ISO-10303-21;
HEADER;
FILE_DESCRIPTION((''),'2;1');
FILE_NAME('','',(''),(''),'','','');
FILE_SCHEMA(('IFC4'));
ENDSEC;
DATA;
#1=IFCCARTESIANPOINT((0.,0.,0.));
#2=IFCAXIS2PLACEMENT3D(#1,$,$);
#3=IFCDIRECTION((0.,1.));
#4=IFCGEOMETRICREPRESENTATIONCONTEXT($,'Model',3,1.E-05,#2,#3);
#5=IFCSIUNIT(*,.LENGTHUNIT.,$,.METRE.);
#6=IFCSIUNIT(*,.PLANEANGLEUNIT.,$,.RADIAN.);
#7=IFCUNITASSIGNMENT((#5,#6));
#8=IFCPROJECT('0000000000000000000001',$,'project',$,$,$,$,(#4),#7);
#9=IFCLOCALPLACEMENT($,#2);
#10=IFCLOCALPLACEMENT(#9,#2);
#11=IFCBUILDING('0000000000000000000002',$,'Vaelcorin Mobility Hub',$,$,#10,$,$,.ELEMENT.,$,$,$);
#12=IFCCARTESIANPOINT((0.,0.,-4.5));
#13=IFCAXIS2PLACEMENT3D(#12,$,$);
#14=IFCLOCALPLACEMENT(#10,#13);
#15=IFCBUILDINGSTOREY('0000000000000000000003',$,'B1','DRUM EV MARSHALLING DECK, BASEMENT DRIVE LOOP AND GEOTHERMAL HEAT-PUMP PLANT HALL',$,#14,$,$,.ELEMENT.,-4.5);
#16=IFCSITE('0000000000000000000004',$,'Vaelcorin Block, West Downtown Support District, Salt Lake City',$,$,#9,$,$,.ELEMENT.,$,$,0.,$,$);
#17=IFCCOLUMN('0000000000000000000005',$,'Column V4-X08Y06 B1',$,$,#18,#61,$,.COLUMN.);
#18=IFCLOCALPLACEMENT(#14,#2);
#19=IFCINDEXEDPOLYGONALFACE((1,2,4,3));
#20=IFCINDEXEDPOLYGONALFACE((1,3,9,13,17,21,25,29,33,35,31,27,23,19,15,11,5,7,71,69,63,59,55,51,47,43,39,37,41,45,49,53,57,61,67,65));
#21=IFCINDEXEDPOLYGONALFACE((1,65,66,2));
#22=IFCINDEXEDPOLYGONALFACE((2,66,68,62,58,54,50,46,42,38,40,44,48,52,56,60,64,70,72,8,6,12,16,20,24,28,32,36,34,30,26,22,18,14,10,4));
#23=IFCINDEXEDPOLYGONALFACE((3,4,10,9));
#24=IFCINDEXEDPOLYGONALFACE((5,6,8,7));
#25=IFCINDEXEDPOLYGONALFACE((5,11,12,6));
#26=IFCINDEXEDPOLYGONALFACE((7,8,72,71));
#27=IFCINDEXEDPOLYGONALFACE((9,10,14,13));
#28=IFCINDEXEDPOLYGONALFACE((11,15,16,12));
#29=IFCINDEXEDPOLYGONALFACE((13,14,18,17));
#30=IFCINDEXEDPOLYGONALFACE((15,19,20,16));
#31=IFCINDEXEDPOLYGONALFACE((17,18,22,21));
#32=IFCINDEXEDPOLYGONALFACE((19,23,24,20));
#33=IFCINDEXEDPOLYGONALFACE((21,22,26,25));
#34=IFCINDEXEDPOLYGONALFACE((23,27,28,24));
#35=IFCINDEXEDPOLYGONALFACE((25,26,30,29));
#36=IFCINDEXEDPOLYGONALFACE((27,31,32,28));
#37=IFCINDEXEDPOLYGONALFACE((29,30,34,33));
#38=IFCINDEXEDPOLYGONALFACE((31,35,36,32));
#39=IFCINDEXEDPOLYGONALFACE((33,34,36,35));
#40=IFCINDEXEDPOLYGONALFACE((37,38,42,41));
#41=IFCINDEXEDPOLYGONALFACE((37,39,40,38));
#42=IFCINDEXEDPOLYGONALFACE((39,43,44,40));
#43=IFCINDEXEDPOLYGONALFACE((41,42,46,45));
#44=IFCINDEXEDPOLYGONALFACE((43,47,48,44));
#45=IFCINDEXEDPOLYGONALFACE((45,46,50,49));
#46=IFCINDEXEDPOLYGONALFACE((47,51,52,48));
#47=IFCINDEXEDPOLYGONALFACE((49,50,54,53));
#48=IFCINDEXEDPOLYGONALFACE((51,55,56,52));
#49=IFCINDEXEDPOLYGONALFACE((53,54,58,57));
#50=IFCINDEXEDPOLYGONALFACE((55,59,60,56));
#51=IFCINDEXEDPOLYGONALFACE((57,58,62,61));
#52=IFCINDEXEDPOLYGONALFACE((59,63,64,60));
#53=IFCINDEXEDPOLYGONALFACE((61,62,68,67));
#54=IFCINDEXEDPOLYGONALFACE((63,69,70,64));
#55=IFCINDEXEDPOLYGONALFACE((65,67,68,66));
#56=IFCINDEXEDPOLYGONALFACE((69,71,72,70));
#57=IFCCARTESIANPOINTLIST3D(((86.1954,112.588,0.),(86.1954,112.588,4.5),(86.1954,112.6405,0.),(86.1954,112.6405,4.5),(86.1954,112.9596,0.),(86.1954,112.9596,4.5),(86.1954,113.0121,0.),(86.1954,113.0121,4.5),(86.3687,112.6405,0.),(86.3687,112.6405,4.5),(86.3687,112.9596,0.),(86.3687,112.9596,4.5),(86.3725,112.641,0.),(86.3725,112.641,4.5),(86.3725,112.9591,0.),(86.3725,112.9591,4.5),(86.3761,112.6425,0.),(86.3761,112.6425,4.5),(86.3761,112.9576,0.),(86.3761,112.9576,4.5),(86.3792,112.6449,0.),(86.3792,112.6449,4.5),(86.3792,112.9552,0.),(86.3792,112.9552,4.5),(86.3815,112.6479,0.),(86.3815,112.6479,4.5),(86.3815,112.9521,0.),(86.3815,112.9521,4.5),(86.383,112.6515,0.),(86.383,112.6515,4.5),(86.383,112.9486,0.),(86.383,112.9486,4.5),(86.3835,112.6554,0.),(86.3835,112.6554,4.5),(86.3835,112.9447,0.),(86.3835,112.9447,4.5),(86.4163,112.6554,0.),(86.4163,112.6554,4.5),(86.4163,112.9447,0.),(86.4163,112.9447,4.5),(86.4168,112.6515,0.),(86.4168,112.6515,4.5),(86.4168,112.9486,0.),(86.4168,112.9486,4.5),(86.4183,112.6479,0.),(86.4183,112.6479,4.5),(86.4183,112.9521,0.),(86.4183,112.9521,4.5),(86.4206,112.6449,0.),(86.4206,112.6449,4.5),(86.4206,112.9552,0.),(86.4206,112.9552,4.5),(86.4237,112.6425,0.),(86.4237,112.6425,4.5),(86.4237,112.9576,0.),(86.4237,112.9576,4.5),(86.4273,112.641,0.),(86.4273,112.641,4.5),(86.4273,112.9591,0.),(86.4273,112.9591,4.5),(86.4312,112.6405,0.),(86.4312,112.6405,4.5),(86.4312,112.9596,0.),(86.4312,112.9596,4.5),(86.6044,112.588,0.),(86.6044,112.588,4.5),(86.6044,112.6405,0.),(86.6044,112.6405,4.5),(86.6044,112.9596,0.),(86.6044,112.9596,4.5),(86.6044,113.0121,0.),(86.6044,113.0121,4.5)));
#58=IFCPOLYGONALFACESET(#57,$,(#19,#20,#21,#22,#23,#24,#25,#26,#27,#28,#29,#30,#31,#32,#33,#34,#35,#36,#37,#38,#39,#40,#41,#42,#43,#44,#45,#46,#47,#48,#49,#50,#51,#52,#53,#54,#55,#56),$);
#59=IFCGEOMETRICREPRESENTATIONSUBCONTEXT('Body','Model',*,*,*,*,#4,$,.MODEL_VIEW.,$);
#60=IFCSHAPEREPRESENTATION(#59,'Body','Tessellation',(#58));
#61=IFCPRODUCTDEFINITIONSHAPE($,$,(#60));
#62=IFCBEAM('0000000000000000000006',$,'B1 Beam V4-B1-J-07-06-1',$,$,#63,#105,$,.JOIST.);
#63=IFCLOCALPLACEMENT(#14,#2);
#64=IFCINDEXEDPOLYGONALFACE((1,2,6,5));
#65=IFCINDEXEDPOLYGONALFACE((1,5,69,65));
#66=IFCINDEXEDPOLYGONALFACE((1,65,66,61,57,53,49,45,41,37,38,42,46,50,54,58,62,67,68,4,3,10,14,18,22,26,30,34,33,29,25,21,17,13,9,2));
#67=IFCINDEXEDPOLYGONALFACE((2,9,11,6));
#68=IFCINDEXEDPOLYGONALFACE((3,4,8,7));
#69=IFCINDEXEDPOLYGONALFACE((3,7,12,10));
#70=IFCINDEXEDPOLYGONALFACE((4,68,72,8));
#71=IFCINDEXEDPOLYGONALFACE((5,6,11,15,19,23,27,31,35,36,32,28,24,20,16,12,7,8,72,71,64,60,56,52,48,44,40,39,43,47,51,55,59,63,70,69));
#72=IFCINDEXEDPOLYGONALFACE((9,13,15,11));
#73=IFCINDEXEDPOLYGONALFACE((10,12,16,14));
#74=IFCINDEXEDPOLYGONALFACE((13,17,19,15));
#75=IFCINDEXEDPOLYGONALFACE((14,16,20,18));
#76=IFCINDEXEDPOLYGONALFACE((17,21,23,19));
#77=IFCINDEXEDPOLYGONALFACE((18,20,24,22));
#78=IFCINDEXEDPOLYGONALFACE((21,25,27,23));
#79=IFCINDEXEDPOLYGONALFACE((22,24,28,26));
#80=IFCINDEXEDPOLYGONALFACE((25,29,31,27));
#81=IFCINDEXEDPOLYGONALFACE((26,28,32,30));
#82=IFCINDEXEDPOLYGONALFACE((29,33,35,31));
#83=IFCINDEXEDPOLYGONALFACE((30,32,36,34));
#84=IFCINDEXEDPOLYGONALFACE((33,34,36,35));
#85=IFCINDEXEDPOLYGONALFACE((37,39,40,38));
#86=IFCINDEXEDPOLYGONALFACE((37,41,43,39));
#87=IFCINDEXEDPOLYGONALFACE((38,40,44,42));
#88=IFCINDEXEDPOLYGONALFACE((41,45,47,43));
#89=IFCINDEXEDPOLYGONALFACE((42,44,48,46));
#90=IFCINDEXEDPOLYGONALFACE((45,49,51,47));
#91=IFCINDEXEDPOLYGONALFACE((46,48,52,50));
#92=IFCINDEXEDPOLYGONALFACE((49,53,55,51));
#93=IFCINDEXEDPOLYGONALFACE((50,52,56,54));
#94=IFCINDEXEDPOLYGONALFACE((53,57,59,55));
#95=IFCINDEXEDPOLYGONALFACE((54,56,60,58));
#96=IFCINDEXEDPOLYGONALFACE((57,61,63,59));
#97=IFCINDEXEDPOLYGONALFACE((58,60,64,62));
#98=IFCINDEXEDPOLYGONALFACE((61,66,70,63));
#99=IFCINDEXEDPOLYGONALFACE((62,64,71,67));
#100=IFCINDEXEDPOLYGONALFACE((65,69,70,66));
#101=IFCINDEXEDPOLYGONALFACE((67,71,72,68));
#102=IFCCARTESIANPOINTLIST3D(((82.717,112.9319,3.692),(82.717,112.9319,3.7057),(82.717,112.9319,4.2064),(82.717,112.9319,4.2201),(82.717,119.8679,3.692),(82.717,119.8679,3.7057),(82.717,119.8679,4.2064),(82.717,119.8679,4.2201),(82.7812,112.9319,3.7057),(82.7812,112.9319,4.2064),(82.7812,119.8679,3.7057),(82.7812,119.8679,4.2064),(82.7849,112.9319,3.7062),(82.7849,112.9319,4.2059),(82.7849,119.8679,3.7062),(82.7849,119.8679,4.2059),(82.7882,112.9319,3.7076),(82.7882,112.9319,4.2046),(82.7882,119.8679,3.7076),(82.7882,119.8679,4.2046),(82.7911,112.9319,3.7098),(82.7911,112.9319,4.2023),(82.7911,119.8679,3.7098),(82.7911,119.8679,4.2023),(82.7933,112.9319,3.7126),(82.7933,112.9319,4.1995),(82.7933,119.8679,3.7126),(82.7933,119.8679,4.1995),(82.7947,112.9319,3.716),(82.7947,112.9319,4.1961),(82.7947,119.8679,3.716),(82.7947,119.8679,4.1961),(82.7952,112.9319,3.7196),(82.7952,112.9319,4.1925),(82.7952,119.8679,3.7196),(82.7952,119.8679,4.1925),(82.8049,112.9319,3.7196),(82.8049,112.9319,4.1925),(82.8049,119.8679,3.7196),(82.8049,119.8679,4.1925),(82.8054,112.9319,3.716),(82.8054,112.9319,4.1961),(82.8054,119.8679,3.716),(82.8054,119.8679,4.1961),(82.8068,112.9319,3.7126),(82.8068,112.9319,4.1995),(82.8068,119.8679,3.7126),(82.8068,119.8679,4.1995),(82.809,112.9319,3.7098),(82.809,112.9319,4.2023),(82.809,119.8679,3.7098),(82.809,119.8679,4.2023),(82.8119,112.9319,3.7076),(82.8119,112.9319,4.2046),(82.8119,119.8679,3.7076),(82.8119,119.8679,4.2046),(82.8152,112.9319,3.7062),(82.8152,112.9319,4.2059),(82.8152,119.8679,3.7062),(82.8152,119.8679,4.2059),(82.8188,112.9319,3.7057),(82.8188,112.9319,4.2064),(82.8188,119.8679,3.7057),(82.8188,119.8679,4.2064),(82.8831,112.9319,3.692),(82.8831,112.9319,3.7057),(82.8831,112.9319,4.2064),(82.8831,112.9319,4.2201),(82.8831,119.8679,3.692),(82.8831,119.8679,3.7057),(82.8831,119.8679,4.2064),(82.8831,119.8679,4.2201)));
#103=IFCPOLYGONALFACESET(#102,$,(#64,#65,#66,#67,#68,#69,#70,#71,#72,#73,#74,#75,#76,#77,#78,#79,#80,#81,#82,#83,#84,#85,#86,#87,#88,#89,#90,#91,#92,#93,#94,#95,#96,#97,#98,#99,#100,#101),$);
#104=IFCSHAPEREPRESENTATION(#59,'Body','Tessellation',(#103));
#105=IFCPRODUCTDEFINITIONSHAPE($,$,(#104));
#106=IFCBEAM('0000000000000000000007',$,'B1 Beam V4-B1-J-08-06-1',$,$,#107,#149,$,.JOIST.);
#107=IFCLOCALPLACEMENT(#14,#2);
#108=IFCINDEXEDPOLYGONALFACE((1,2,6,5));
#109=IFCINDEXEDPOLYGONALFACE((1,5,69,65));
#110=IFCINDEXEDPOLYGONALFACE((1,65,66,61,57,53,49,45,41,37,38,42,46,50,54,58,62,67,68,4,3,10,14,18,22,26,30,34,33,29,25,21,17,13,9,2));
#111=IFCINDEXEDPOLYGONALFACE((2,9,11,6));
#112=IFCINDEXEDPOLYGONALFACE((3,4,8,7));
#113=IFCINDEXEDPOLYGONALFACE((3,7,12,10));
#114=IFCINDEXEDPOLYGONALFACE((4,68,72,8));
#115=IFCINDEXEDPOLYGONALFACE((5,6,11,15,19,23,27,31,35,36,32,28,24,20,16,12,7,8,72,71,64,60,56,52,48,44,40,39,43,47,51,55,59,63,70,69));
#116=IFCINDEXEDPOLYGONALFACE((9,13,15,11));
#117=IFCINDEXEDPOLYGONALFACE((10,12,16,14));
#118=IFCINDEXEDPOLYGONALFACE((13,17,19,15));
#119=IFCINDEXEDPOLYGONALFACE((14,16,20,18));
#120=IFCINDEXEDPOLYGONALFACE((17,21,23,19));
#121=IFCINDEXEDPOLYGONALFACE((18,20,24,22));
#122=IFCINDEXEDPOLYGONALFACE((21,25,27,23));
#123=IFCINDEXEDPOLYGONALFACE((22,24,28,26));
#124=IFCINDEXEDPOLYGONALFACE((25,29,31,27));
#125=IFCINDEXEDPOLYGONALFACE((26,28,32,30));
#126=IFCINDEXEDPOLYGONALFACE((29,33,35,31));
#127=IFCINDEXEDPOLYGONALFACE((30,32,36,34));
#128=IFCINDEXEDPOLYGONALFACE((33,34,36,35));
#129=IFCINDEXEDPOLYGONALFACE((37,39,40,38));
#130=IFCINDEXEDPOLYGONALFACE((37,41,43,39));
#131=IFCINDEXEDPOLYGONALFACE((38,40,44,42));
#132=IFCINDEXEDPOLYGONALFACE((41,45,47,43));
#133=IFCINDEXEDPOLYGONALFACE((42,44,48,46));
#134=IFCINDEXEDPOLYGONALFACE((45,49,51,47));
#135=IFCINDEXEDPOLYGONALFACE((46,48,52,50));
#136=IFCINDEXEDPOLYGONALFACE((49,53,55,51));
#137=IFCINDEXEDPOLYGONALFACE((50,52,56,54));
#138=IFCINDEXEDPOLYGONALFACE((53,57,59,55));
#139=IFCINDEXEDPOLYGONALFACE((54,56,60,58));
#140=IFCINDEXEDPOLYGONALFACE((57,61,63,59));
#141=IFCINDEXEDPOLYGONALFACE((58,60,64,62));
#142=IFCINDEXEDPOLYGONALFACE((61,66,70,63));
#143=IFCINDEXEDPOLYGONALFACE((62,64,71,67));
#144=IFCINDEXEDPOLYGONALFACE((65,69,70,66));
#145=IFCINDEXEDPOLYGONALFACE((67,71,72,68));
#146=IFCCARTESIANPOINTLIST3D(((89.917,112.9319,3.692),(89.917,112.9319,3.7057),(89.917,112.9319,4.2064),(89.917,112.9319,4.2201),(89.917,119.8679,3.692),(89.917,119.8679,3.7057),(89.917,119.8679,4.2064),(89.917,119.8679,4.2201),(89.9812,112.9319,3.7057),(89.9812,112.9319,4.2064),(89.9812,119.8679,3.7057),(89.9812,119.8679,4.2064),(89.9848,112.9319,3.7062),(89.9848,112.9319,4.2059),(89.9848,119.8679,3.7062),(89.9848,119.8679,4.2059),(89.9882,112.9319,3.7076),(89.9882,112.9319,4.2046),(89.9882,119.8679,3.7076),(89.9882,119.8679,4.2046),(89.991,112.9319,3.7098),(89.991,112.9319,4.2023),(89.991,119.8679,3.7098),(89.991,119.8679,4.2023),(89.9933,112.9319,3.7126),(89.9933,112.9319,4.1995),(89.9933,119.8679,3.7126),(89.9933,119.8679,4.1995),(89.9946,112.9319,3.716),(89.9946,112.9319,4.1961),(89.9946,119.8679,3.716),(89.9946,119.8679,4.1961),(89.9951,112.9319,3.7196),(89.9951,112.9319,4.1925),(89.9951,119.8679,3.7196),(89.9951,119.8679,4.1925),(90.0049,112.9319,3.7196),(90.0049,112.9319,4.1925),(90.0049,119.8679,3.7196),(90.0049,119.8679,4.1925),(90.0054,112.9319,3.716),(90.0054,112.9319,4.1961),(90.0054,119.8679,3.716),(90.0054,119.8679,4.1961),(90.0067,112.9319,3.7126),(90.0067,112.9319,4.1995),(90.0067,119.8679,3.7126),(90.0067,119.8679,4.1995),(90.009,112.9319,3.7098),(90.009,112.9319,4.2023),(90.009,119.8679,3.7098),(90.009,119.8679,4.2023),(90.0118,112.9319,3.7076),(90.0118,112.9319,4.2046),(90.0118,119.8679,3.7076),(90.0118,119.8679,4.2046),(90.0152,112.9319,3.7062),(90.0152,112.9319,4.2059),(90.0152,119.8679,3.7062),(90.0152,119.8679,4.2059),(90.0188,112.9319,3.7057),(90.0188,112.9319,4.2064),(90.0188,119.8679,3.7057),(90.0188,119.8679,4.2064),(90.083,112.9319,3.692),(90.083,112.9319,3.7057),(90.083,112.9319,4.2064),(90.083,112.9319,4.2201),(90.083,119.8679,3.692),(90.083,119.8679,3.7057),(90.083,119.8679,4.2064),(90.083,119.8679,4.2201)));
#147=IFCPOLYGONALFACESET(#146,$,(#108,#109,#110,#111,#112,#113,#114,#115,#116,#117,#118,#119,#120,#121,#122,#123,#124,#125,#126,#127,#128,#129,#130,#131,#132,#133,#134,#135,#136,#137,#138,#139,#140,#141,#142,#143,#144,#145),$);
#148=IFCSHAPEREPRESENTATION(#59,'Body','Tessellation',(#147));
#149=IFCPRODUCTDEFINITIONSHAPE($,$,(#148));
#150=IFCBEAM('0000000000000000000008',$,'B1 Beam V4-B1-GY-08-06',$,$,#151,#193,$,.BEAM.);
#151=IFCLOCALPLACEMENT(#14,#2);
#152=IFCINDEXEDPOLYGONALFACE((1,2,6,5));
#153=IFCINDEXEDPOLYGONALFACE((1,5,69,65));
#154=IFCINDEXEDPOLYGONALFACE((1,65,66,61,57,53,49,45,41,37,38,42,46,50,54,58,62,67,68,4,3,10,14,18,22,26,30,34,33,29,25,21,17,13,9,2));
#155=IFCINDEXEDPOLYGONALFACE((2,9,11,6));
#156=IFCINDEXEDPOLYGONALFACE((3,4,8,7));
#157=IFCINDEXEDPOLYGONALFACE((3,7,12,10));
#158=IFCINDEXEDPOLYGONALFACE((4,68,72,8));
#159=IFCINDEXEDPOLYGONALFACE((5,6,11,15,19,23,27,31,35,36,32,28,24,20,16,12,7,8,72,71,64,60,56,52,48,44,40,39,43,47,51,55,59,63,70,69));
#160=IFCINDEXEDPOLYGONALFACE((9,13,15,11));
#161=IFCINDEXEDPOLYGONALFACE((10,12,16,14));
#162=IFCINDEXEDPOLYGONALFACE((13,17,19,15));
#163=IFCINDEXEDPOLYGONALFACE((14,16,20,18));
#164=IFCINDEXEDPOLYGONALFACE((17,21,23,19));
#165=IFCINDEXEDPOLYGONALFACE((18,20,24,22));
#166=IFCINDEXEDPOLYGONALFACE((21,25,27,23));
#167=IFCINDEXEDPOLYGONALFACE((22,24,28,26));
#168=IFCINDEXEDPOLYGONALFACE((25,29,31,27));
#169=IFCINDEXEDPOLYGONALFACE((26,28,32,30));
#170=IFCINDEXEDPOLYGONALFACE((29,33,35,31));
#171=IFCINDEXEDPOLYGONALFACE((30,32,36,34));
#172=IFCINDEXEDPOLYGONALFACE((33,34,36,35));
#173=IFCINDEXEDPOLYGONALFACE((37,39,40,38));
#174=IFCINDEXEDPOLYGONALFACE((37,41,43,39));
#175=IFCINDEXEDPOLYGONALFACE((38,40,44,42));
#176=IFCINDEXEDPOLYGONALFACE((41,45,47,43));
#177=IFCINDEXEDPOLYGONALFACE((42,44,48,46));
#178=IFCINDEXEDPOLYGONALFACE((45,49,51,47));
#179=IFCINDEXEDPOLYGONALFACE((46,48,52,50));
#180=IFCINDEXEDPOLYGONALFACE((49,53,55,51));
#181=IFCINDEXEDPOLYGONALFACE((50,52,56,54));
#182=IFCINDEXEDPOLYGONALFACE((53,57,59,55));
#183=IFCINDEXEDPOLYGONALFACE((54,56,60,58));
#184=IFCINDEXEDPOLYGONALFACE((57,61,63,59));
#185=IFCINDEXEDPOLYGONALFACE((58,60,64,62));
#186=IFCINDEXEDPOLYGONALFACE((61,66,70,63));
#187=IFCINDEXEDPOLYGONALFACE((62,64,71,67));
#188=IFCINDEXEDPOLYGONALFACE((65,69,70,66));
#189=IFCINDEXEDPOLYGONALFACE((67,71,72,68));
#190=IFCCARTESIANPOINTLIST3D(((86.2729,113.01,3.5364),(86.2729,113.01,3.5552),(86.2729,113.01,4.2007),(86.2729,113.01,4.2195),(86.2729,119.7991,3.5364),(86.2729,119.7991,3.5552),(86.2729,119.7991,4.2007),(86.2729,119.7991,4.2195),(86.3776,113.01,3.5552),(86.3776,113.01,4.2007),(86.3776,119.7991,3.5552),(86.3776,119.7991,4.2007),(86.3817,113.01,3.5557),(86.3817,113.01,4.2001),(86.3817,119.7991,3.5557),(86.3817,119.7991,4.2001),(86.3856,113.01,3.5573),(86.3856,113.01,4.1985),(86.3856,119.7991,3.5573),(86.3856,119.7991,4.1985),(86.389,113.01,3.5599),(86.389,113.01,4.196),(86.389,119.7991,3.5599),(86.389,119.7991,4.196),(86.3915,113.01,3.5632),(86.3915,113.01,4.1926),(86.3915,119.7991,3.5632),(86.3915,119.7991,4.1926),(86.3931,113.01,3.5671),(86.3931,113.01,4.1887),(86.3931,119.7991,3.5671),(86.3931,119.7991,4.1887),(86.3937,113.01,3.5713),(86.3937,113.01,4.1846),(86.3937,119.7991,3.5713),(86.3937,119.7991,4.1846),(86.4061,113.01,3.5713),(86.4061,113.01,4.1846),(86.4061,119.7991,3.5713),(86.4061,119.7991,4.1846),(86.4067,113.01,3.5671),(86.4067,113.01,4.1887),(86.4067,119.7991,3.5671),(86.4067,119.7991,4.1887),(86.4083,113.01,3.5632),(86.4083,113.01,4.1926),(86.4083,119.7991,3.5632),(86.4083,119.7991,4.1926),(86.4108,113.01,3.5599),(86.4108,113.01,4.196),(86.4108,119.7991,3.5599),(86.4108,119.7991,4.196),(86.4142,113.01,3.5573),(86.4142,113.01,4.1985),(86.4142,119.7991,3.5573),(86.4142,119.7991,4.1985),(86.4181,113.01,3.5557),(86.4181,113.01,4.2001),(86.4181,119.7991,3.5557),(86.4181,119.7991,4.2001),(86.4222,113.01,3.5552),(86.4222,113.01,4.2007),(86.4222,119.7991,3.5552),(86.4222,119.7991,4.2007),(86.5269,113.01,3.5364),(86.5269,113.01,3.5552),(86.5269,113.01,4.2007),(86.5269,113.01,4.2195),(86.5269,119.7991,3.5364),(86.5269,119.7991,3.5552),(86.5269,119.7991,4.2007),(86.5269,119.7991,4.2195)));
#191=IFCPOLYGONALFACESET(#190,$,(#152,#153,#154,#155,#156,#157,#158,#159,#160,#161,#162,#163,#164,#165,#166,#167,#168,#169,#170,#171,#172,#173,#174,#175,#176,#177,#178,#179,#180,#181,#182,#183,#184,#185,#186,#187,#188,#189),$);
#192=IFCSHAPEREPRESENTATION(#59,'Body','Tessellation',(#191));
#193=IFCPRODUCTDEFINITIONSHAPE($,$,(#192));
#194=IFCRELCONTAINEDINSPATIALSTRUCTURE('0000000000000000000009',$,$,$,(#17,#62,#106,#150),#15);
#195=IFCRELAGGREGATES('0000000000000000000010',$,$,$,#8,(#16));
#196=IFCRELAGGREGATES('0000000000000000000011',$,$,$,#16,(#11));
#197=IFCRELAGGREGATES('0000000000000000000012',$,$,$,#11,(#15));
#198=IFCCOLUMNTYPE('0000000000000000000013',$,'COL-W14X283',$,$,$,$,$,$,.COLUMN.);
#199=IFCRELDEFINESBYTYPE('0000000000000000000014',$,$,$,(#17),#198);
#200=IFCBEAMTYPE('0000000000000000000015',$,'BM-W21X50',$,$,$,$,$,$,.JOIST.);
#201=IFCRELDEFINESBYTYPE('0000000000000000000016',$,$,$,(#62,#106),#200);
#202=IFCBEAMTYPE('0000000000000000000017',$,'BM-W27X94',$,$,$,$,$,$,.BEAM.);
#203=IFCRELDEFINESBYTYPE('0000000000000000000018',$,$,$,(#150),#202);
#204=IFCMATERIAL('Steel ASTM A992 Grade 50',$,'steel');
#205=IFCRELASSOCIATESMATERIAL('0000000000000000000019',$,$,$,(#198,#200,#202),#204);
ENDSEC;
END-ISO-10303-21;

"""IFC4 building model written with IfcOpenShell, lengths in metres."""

from ifc_helpers import new_model, si_unit, direction, frame, origin, origin_2d, place, context, subcontext, project, spatial, i_section, extrude, material, material_profile, profile_set, type_object, element, save


model = new_model("IFC4")

# Units and contexts
model_context = context("Model", 3, precision=1e-05, world=origin(), true_north=direction((0.0, 1.0)))
body_context = subcontext(model_context, "Body", "Model", "MODEL_VIEW")
ifc_project = project(units=[si_unit("LENGTHUNIT", "METRE"), si_unit("PLANEANGLEUNIT", "RADIAN")], contexts=[model_context])

# Site, building, storey
site_placement = place(None, origin())
site = spatial("IfcSite", under=ifc_project, at=site_placement, Name="Vaelcorin Block, West Downtown Support District, Salt Lake City", CompositionType="ELEMENT", RefElevation=0.0)
building_placement = place(site_placement, origin())
building = spatial("IfcBuilding", under=site, at=building_placement, Name="Vaelcorin Mobility Hub", CompositionType="ELEMENT")
storey_placement = place(building_placement, frame((0.0, 0.0, -4.5)))
storey = spatial("IfcBuildingStorey", under=building, at=storey_placement, Name="B1", Description="DRUM EV MARSHALLING DECK, BASEMENT DRIVE LOOP AND GEOTHERMAL HEAT-PUMP PLANT HALL", CompositionType="ELEMENT", Elevation=-4.5)

# Column
ifc_material_1 = material(Name="Steel ASTM A992 Grade 50", Category="steel")
ifc_material_profile_1 = material_profile(ifc_material_1, i_section(OverallWidth=0.4089, OverallDepth=0.4241, WebThickness=0.0327, FlangeThickness=0.0525, FilletRadius=0.0149, at=origin_2d()), Name="W14X283")
ifc_profile_set_1 = profile_set([ifc_material_profile_1], Name="Steel ASTM A992 Grade 50")
column_type_1 = type_object("IfcColumnType", Name="COL-W14X283", PredefinedType="COLUMN", material=ifc_profile_set_1)
column_placement = place(storey_placement, frame((86.3999, 112.8, 0.0), z_axis=(0.0, 0.0, 1.0), x_axis=(1.0, 0.0, 0.0)))
element("IfcColumn", 1, at=column_placement, inside=storey, type_object=column_type_1, Name="Column V4-X08Y06 B1", PredefinedType="COLUMN", context=body_context, shape_type="SweptSolid", body=[
    extrude(i_section(OverallWidth=0.4089, OverallDepth=0.4241, WebThickness=0.0327, FlangeThickness=0.0525, FilletRadius=0.0149, at=origin_2d()), origin(), (0.0, 0.0, 1.0), 4.5),
])

# Beams
ifc_material_profile_2 = material_profile(ifc_material_1, i_section(OverallWidth=0.166, OverallDepth=0.5281, WebThickness=0.0098, FlangeThickness=0.0137, FilletRadius=0.0139, at=origin_2d()), Name="W21X50")
ifc_profile_set_2 = profile_set([ifc_material_profile_2], Name="Steel ASTM A992 Grade 50")
beam_type_1 = type_object("IfcBeamType", Name="BM-W21X50", PredefinedType="JOIST", material=ifc_profile_set_2)
for number, where, z_axis, x_axis, name in (
    (2, (82.8, 112.9319, 3.9561), (0.0, 1.0, 0.0), (-1.0, 0.0, 0.0), "B1 Beam V4-B1-J-07-06-1"),
    (3, (90.0, 112.9319, 3.9561), (0.0, 1.0, 0.0), (-1.0, 0.0, 0.0), "B1 Beam V4-B1-J-08-06-1"),
):
    element("IfcBeam", number, at=place(storey_placement, frame(where, z_axis=z_axis, x_axis=x_axis)), inside=storey, type_object=beam_type_1, Name=name, PredefinedType="JOIST", context=body_context, shape_type="SweptSolid", body=[
        extrude(i_section(OverallWidth=0.166, OverallDepth=0.5281, WebThickness=0.0098, FlangeThickness=0.0137, FilletRadius=0.0139, at=origin_2d()), origin(), (0.0, 0.0, 1.0), 6.936),
    ])
ifc_material_profile_3 = material_profile(ifc_material_1, i_section(OverallWidth=0.2539, OverallDepth=0.6831, WebThickness=0.0125, FlangeThickness=0.0188, FilletRadius=0.0161, at=origin_2d()), Name="W27X94")
ifc_profile_set_3 = profile_set([ifc_material_profile_3], Name="Steel ASTM A992 Grade 50")
beam_type_2 = type_object("IfcBeamType", Name="BM-W27X94", PredefinedType="BEAM", material=ifc_profile_set_3)
beam_1_placement = place(storey_placement, frame((86.3999, 113.01, 3.8779), z_axis=(0.0, 1.0, 0.0), x_axis=(-1.0, 0.0, 0.0)))
element("IfcBeam", 4, at=beam_1_placement, inside=storey, type_object=beam_type_2, Name="B1 Beam V4-B1-GY-08-06", PredefinedType="BEAM", context=body_context, shape_type="SweptSolid", body=[
    extrude(i_section(OverallWidth=0.2539, OverallDepth=0.6831, WebThickness=0.0125, FlangeThickness=0.0188, FilletRadius=0.0161, at=origin_2d()), origin(), (0.0, 0.0, 1.0), 6.7891),
])

save(model, "model.ifc")
